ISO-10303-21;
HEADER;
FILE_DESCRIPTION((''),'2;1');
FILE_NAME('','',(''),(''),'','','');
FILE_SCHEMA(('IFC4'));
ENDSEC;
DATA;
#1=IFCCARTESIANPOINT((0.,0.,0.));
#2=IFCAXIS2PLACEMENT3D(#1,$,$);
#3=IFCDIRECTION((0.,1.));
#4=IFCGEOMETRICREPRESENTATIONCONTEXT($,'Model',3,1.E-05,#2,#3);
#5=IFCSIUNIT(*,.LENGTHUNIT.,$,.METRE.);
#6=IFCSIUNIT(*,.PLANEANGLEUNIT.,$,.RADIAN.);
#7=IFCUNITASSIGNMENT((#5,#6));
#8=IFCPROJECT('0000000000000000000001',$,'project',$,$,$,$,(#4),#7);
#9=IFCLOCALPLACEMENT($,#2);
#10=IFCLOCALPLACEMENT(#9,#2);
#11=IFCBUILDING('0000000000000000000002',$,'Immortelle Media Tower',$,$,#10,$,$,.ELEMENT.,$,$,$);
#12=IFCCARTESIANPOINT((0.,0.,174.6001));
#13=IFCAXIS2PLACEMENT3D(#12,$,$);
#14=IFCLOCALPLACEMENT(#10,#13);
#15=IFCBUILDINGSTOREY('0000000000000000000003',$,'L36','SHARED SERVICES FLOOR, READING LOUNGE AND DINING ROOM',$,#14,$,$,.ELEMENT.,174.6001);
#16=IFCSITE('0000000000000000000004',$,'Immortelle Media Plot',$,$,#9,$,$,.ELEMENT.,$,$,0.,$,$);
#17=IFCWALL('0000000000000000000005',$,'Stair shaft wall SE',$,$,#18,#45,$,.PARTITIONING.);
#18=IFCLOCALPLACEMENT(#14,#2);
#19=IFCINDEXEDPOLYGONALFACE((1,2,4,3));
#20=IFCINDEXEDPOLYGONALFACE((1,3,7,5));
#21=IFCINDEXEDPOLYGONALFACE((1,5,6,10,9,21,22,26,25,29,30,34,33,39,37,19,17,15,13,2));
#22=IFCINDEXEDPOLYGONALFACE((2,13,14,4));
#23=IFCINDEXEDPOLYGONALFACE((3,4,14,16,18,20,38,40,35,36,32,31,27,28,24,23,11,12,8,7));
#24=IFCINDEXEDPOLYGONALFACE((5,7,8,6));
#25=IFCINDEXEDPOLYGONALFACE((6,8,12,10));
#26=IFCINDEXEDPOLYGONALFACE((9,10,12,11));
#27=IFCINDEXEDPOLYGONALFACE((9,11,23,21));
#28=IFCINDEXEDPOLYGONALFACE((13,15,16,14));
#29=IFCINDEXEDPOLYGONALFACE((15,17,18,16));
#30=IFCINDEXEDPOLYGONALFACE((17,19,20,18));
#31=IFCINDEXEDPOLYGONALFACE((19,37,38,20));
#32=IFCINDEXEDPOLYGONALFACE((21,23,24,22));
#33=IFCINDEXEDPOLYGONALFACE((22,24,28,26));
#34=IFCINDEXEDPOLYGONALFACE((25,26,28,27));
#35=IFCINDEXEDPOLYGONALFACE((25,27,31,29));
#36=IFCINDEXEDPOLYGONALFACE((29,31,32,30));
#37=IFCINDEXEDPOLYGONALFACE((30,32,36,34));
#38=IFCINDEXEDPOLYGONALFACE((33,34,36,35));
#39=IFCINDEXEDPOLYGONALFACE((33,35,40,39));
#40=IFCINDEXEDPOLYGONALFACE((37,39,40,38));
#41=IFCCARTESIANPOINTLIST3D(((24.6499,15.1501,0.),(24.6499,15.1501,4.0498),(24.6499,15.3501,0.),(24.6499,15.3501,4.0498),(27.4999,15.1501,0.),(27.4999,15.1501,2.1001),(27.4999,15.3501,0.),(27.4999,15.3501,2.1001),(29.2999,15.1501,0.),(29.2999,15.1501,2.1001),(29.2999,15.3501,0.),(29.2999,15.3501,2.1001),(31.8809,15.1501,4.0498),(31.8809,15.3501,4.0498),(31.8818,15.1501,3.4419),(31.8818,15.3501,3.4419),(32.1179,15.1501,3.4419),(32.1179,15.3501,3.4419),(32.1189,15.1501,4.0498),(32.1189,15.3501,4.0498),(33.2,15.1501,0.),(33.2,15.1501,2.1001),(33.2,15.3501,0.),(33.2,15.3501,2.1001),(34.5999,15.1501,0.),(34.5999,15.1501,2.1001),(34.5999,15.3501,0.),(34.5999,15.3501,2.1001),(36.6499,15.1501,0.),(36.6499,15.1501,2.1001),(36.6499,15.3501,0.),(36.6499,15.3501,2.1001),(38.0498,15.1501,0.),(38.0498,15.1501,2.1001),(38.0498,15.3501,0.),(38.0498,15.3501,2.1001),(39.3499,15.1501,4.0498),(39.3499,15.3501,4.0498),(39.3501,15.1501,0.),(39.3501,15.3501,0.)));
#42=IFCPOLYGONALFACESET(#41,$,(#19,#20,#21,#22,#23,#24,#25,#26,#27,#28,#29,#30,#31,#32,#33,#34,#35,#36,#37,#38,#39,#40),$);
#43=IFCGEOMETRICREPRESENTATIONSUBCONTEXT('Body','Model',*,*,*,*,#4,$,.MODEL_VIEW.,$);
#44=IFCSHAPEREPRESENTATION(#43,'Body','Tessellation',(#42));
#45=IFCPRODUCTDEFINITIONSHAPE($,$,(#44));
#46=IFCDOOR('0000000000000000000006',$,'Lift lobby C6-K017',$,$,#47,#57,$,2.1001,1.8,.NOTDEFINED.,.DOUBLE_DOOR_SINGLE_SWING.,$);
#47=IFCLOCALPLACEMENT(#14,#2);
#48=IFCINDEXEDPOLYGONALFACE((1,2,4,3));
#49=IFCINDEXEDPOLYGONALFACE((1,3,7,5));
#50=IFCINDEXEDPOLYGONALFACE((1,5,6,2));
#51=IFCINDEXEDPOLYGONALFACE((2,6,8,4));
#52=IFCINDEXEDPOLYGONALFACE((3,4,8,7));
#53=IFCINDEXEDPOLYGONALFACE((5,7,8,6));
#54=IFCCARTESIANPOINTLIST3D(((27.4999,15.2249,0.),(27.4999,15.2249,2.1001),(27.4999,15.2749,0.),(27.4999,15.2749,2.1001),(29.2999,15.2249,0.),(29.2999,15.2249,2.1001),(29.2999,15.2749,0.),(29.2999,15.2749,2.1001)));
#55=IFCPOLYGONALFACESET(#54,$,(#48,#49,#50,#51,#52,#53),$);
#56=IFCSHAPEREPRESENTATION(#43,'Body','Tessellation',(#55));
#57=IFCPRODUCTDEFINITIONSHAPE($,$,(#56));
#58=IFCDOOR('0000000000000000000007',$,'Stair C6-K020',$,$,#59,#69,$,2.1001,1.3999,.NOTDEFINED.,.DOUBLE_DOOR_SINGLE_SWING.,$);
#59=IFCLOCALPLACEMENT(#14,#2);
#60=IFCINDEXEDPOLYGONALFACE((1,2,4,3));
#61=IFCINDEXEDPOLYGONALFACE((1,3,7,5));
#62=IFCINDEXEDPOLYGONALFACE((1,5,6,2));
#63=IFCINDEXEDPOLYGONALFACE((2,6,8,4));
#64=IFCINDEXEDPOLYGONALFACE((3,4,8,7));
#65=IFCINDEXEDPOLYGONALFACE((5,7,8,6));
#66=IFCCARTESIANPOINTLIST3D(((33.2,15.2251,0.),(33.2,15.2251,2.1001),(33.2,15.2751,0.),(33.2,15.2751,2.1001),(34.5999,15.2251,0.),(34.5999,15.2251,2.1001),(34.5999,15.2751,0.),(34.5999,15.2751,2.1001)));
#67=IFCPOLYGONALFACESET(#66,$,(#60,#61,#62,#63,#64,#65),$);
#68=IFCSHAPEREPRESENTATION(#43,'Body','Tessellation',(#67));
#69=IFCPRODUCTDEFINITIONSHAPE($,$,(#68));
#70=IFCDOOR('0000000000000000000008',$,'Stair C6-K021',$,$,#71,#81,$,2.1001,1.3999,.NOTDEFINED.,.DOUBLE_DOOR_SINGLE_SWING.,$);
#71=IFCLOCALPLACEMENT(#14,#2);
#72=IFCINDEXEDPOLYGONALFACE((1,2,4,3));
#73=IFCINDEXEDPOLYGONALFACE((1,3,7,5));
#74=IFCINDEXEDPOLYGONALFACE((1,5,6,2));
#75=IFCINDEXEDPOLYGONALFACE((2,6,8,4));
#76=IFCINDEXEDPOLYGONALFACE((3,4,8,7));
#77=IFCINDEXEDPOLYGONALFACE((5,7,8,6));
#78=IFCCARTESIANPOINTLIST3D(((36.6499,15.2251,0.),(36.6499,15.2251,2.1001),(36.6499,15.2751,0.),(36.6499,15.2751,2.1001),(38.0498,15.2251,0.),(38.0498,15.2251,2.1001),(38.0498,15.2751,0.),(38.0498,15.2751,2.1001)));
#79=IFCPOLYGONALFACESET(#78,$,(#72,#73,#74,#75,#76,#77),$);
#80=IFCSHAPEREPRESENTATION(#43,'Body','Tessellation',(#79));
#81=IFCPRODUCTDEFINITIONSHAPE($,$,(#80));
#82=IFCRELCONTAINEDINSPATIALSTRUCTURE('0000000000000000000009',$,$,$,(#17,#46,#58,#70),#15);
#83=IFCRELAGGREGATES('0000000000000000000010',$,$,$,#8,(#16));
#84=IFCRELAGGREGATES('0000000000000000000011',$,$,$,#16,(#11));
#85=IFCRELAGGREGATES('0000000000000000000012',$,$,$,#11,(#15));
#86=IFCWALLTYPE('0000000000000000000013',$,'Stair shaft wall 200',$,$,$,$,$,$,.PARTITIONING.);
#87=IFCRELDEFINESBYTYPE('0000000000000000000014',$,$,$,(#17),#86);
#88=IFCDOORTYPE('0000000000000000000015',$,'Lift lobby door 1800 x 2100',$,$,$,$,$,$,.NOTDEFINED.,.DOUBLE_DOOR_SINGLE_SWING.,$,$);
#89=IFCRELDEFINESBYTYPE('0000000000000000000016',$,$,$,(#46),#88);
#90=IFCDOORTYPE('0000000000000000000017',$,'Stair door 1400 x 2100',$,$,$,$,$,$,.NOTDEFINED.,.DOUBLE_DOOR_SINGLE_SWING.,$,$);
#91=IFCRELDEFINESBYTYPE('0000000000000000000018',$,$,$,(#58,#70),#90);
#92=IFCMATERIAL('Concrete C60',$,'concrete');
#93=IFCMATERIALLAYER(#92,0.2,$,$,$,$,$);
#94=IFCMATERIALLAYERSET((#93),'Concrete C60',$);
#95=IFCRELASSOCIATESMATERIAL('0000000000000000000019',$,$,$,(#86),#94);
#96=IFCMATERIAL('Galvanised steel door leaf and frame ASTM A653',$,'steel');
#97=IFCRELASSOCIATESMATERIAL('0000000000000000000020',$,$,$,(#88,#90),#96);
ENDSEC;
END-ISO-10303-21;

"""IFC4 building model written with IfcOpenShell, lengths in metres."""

from ifc_helpers import new_model, si_unit, direction, frame, frame_2d, origin, place, context, subcontext, project, spatial, polyline, rectangle, outline, extrude, material, layer, layer_set, type_object, element, fill, save


model = new_model("IFC4")

# Units and contexts
model_context = context("Model", 3, precision=1e-05, world=origin(), true_north=direction((0.0, 1.0)))
body_context = subcontext(model_context, "Body", "Model", "MODEL_VIEW")
ifc_project = project(units=[si_unit("LENGTHUNIT", "METRE"), si_unit("PLANEANGLEUNIT", "RADIAN")], contexts=[model_context])

# Site, building, storey
site_placement = place(None, origin())
site = spatial("IfcSite", under=ifc_project, at=site_placement, Name="Immortelle Media Plot", CompositionType="ELEMENT", RefElevation=0.0)
building_placement = place(site_placement, origin())
building = spatial("IfcBuilding", under=site, at=building_placement, Name="Immortelle Media Tower", CompositionType="ELEMENT")
storey_placement = place(building_placement, frame((0.0, 0.0, 174.6001)))
storey = spatial("IfcBuildingStorey", under=building, at=storey_placement, Name="L36", Description="SHARED SERVICES FLOOR, READING LOUNGE AND DINING ROOM", CompositionType="ELEMENT", Elevation=174.6001)

# Shared definitions
ifc_material_1 = material(Name="Galvanised steel door leaf and frame ASTM A653", Category="steel")

# Shared definitions
ifc_material_2 = material(Name="Concrete C60", Category="concrete")
ifc_layer_1 = layer(ifc_material_2, 0.2)
ifc_layer_set_1 = layer_set([ifc_layer_1], Name="Concrete C60")
wall_type_1 = type_object("IfcWallType", Name="Stair shaft wall 200", PredefinedType="PARTITIONING", material=ifc_layer_set_1)

# Wall, openings, doors
wall_1_placement = place(storey_placement, frame((24.6499, 15.25, 0.0), z_axis=(0.0, 0.0, 1.0), x_axis=(1.0, 0.0, 0.0)))
wall_1 = element("IfcWall", 1, at=wall_1_placement, inside=storey, type_object=wall_type_1, Name="Stair shaft wall SE", PredefinedType="PARTITIONING", context=body_context, shape_type="SweptSolid", body=[
    extrude(outline(polyline([(0.0, 0.0), (14.7002, 0.0), (14.7, 4.0498), (7.469, 4.0498), (7.468, 3.4419), (7.2319, 3.4419), (7.231, 4.0498), (0.0, 4.0498), (0.0, 0.0)])), frame((0.0, 0.1001, 0.0), z_axis=(0.0, -1.0, 0.0), x_axis=(1.0, 0.0, 0.0)), (0.0, 0.0, 1.0), 0.2),
])
opening_1_placement = place(wall_1_placement, frame((2.8501, 0.0, 0.0)))
opening_1 = element("IfcOpeningElement", 2, at=opening_1_placement, cuts=wall_1, PredefinedType="OPENING", context=body_context, shape_type="SweptSolid", body=[
    extrude(rectangle(XDim=1.8, YDim=2.1001, at=frame_2d((0.8999, 1.05))), frame((0.0, 0.1099, 0.0), z_axis=(0.0, -1.0, 0.0), x_axis=(1.0, 0.0, 0.0)), (0.0, 0.0, 1.0), 0.22),
])
opening_2_placement = place(wall_1_placement, frame((9.95, 0.0, 0.0), z_axis=(0.0, 0.0, 1.0), x_axis=(-1.0, 0.0, 0.0)))
opening_2 = element("IfcOpeningElement", 3, at=opening_2_placement, cuts=wall_1, PredefinedType="OPENING", context=body_context, shape_type="SweptSolid", body=[
    extrude(rectangle(XDim=1.3999, YDim=2.1001, at=frame_2d((0.7, 1.05))), frame((0.0, 0.1099, 0.0), z_axis=(0.0, -1.0, 0.0), x_axis=(1.0, 0.0, 0.0)), (0.0, 0.0, 1.0), 0.22),
])
opening_3_placement = place(wall_1_placement, frame((13.3999, 0.0, 0.0), z_axis=(0.0, 0.0, 1.0), x_axis=(-1.0, 0.0, 0.0)))
opening_3 = element("IfcOpeningElement", 4, at=opening_3_placement, cuts=wall_1, PredefinedType="OPENING", context=body_context, shape_type="SweptSolid", body=[
    extrude(rectangle(XDim=1.3999, YDim=2.1001, at=frame_2d((0.7, 1.05))), frame((0.0, 0.1099, 0.0), z_axis=(0.0, -1.0, 0.0), x_axis=(1.0, 0.0, 0.0)), (0.0, 0.0, 1.0), 0.22),
])
door_type_1 = type_object("IfcDoorType", Name="Lift lobby door 1800 x 2100", OperationType="DOUBLE_DOOR_SINGLE_SWING", PredefinedType="NOTDEFINED", material=ifc_material_1)
door_1_placement = place(opening_1_placement, origin())
door_1 = element("IfcDoor", 5, at=door_1_placement, inside=storey, type_object=door_type_1, Name="Lift lobby C6-K017", OperationType="DOUBLE_DOOR_SINGLE_SWING", OverallHeight=2.1001, OverallWidth=1.8, PredefinedType="NOTDEFINED", context=body_context, shape_type="SweptSolid", body=[
    extrude(rectangle(XDim=1.8, YDim=2.1001, at=frame_2d((0.8999, 1.05))), frame((0.0, 0.0249, 0.0), z_axis=(0.0, -1.0, 0.0), x_axis=(1.0, 0.0, 0.0)), (0.0, 0.0, 1.0), 0.05),
])
fill(opening_1, door_1)
door_type_2 = type_object("IfcDoorType", Name="Stair door 1400 x 2100", OperationType="DOUBLE_DOOR_SINGLE_SWING", PredefinedType="NOTDEFINED", material=ifc_material_1)
door_2_placement = place(opening_2_placement, origin())
door_2 = element("IfcDoor", 6, at=door_2_placement, inside=storey, type_object=door_type_2, Name="Stair C6-K020", OperationType="DOUBLE_DOOR_SINGLE_SWING", OverallHeight=2.1001, OverallWidth=1.3999, PredefinedType="NOTDEFINED", context=body_context, shape_type="SweptSolid", body=[
    extrude(rectangle(XDim=1.3999, YDim=2.1001, at=frame_2d((0.7, 1.05))), frame((0.0, 0.0249, 0.0), z_axis=(0.0, -1.0, 0.0), x_axis=(1.0, 0.0, 0.0)), (0.0, 0.0, 1.0), 0.05),
])
fill(opening_2, door_2)
door_3_placement = place(opening_3_placement, origin())
door_3 = element("IfcDoor", 7, at=door_3_placement, inside=storey, type_object=door_type_2, Name="Stair C6-K021", OperationType="DOUBLE_DOOR_SINGLE_SWING", OverallHeight=2.1001, OverallWidth=1.3999, PredefinedType="NOTDEFINED", context=body_context, shape_type="SweptSolid", body=[
    extrude(rectangle(XDim=1.3999, YDim=2.1001, at=frame_2d((0.7, 1.05))), frame((0.0, 0.0249, 0.0), z_axis=(0.0, -1.0, 0.0), x_axis=(1.0, 0.0, 0.0)), (0.0, 0.0, 1.0), 0.05),
])
fill(opening_3, door_3)

save(model, "model.ifc")
